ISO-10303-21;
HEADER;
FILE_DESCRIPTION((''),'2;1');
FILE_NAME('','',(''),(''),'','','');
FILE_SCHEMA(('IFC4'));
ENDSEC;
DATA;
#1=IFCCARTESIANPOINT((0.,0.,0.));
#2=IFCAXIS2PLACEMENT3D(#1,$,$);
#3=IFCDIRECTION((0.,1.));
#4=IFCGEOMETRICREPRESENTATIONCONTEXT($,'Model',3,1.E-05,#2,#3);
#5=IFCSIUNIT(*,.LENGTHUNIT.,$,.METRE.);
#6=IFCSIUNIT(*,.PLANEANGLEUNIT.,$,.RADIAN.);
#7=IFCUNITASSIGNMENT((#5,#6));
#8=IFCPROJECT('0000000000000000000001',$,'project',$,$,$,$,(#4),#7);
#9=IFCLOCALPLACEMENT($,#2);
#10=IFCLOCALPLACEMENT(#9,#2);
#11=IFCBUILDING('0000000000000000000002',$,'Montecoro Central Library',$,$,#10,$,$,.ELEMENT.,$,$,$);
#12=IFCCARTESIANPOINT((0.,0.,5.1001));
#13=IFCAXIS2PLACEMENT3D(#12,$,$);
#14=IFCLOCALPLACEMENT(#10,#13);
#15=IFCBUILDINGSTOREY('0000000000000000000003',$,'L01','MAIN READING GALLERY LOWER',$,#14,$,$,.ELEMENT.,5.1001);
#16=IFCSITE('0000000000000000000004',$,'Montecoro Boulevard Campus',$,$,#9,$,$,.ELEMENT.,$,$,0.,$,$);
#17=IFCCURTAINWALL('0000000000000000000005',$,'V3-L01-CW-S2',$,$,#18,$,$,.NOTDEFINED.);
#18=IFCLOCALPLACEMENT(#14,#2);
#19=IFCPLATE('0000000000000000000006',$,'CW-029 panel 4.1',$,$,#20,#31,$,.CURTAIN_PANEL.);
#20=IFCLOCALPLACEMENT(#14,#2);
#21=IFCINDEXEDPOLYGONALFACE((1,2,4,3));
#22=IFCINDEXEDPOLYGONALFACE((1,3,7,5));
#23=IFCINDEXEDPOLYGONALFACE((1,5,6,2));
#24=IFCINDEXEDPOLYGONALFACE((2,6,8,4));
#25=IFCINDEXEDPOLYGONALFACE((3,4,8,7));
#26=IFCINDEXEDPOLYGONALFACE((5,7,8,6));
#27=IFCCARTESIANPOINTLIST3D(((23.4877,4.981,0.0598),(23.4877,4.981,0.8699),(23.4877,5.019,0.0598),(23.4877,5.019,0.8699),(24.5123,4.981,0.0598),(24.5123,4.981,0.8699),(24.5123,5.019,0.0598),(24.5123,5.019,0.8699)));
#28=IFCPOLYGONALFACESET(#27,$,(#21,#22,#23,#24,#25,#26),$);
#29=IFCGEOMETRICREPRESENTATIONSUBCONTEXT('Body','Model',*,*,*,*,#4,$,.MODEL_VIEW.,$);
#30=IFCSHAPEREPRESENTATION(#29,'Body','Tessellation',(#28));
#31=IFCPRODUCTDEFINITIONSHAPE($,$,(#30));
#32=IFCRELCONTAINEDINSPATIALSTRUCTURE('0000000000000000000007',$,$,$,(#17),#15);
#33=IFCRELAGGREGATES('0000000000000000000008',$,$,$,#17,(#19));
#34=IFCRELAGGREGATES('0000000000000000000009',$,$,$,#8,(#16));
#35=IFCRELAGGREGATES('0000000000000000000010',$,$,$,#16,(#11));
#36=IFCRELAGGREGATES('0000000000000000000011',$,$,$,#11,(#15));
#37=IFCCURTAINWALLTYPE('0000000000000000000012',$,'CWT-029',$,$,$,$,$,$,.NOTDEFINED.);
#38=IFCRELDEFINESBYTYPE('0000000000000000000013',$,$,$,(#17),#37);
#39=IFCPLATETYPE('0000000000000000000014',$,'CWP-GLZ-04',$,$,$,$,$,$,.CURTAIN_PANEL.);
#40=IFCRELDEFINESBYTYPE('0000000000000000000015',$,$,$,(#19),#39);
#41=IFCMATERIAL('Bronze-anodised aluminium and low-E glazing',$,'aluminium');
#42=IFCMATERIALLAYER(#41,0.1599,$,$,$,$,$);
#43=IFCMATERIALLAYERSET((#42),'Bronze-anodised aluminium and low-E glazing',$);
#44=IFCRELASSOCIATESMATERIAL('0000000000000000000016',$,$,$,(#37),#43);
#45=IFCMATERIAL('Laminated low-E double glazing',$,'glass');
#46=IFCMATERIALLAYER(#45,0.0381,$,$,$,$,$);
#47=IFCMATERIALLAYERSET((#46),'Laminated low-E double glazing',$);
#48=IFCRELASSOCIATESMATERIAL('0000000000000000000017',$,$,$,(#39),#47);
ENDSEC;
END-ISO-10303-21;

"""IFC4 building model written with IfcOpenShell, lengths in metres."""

from ifc_helpers import new_model, si_unit, direction, frame, origin, origin_2d, place, context, subcontext, project, spatial, rectangle, extrude, material, layer, layer_set, type_object, element, aggregate, save


model = new_model("IFC4")

# Units and contexts
model_context = context("Model", 3, precision=1e-05, world=origin(), true_north=direction((0.0, 1.0)))
body_context = subcontext(model_context, "Body", "Model", "MODEL_VIEW")
ifc_project = project(units=[si_unit("LENGTHUNIT", "METRE"), si_unit("PLANEANGLEUNIT", "RADIAN")], contexts=[model_context])

# Site, building, storey
site_placement = place(None, origin())
site = spatial("IfcSite", under=ifc_project, at=site_placement, Name="Montecoro Boulevard Campus", CompositionType="ELEMENT", RefElevation=0.0)
building_placement = place(site_placement, origin())
building = spatial("IfcBuilding", under=site, at=building_placement, Name="Montecoro Central Library", CompositionType="ELEMENT")
storey_placement = place(building_placement, frame((0.0, 0.0, 5.1001)))
storey = spatial("IfcBuildingStorey", under=building, at=storey_placement, Name="L01", Description="MAIN READING GALLERY LOWER", CompositionType="ELEMENT", Elevation=5.1001)

# Curtain wall, plate
ifc_material_1 = material(Name="Bronze-anodised aluminium and low-E glazing", Category="aluminium")
ifc_layer_1 = layer(ifc_material_1, 0.1599)
ifc_layer_set_1 = layer_set([ifc_layer_1], Name="Bronze-anodised aluminium and low-E glazing")
curtain_wall_type = type_object("IfcCurtainWallType", Name="CWT-029", PredefinedType="NOTDEFINED", material=ifc_layer_set_1)
curtain_wall_placement = place(storey_placement, origin())
curtain_wall = element("IfcCurtainWall", 1, at=curtain_wall_placement, inside=storey, type_object=curtain_wall_type, Name="V3-L01-CW-S2", PredefinedType="NOTDEFINED")
ifc_material_2 = material(Name="Laminated low-E double glazing", Category="glass")
ifc_layer_2 = layer(ifc_material_2, 0.0381)
ifc_layer_set_2 = layer_set([ifc_layer_2], Name="Laminated low-E double glazing")
plate_type = type_object("IfcPlateType", Name="CWP-GLZ-04", PredefinedType="CURTAIN_PANEL", material=ifc_layer_set_2)
plate_1_placement = place(storey_placement, frame((24.0, 5.0, 0.0598), z_axis=(0.0, 0.0, 1.0), x_axis=(1.0, 0.0, 0.0)))
plate_1 = element("IfcPlate", 2, at=plate_1_placement, type_object=plate_type, Name="CW-029 panel 4.1", PredefinedType="CURTAIN_PANEL", context=body_context, shape_type="SweptSolid", body=[
    extrude(rectangle(XDim=1.0247, YDim=0.0381, at=origin_2d()), origin(), (0.0, 0.0, 1.0), 0.8101),
])
aggregate(curtain_wall, [plate_1])

save(model, "model.ifc")
